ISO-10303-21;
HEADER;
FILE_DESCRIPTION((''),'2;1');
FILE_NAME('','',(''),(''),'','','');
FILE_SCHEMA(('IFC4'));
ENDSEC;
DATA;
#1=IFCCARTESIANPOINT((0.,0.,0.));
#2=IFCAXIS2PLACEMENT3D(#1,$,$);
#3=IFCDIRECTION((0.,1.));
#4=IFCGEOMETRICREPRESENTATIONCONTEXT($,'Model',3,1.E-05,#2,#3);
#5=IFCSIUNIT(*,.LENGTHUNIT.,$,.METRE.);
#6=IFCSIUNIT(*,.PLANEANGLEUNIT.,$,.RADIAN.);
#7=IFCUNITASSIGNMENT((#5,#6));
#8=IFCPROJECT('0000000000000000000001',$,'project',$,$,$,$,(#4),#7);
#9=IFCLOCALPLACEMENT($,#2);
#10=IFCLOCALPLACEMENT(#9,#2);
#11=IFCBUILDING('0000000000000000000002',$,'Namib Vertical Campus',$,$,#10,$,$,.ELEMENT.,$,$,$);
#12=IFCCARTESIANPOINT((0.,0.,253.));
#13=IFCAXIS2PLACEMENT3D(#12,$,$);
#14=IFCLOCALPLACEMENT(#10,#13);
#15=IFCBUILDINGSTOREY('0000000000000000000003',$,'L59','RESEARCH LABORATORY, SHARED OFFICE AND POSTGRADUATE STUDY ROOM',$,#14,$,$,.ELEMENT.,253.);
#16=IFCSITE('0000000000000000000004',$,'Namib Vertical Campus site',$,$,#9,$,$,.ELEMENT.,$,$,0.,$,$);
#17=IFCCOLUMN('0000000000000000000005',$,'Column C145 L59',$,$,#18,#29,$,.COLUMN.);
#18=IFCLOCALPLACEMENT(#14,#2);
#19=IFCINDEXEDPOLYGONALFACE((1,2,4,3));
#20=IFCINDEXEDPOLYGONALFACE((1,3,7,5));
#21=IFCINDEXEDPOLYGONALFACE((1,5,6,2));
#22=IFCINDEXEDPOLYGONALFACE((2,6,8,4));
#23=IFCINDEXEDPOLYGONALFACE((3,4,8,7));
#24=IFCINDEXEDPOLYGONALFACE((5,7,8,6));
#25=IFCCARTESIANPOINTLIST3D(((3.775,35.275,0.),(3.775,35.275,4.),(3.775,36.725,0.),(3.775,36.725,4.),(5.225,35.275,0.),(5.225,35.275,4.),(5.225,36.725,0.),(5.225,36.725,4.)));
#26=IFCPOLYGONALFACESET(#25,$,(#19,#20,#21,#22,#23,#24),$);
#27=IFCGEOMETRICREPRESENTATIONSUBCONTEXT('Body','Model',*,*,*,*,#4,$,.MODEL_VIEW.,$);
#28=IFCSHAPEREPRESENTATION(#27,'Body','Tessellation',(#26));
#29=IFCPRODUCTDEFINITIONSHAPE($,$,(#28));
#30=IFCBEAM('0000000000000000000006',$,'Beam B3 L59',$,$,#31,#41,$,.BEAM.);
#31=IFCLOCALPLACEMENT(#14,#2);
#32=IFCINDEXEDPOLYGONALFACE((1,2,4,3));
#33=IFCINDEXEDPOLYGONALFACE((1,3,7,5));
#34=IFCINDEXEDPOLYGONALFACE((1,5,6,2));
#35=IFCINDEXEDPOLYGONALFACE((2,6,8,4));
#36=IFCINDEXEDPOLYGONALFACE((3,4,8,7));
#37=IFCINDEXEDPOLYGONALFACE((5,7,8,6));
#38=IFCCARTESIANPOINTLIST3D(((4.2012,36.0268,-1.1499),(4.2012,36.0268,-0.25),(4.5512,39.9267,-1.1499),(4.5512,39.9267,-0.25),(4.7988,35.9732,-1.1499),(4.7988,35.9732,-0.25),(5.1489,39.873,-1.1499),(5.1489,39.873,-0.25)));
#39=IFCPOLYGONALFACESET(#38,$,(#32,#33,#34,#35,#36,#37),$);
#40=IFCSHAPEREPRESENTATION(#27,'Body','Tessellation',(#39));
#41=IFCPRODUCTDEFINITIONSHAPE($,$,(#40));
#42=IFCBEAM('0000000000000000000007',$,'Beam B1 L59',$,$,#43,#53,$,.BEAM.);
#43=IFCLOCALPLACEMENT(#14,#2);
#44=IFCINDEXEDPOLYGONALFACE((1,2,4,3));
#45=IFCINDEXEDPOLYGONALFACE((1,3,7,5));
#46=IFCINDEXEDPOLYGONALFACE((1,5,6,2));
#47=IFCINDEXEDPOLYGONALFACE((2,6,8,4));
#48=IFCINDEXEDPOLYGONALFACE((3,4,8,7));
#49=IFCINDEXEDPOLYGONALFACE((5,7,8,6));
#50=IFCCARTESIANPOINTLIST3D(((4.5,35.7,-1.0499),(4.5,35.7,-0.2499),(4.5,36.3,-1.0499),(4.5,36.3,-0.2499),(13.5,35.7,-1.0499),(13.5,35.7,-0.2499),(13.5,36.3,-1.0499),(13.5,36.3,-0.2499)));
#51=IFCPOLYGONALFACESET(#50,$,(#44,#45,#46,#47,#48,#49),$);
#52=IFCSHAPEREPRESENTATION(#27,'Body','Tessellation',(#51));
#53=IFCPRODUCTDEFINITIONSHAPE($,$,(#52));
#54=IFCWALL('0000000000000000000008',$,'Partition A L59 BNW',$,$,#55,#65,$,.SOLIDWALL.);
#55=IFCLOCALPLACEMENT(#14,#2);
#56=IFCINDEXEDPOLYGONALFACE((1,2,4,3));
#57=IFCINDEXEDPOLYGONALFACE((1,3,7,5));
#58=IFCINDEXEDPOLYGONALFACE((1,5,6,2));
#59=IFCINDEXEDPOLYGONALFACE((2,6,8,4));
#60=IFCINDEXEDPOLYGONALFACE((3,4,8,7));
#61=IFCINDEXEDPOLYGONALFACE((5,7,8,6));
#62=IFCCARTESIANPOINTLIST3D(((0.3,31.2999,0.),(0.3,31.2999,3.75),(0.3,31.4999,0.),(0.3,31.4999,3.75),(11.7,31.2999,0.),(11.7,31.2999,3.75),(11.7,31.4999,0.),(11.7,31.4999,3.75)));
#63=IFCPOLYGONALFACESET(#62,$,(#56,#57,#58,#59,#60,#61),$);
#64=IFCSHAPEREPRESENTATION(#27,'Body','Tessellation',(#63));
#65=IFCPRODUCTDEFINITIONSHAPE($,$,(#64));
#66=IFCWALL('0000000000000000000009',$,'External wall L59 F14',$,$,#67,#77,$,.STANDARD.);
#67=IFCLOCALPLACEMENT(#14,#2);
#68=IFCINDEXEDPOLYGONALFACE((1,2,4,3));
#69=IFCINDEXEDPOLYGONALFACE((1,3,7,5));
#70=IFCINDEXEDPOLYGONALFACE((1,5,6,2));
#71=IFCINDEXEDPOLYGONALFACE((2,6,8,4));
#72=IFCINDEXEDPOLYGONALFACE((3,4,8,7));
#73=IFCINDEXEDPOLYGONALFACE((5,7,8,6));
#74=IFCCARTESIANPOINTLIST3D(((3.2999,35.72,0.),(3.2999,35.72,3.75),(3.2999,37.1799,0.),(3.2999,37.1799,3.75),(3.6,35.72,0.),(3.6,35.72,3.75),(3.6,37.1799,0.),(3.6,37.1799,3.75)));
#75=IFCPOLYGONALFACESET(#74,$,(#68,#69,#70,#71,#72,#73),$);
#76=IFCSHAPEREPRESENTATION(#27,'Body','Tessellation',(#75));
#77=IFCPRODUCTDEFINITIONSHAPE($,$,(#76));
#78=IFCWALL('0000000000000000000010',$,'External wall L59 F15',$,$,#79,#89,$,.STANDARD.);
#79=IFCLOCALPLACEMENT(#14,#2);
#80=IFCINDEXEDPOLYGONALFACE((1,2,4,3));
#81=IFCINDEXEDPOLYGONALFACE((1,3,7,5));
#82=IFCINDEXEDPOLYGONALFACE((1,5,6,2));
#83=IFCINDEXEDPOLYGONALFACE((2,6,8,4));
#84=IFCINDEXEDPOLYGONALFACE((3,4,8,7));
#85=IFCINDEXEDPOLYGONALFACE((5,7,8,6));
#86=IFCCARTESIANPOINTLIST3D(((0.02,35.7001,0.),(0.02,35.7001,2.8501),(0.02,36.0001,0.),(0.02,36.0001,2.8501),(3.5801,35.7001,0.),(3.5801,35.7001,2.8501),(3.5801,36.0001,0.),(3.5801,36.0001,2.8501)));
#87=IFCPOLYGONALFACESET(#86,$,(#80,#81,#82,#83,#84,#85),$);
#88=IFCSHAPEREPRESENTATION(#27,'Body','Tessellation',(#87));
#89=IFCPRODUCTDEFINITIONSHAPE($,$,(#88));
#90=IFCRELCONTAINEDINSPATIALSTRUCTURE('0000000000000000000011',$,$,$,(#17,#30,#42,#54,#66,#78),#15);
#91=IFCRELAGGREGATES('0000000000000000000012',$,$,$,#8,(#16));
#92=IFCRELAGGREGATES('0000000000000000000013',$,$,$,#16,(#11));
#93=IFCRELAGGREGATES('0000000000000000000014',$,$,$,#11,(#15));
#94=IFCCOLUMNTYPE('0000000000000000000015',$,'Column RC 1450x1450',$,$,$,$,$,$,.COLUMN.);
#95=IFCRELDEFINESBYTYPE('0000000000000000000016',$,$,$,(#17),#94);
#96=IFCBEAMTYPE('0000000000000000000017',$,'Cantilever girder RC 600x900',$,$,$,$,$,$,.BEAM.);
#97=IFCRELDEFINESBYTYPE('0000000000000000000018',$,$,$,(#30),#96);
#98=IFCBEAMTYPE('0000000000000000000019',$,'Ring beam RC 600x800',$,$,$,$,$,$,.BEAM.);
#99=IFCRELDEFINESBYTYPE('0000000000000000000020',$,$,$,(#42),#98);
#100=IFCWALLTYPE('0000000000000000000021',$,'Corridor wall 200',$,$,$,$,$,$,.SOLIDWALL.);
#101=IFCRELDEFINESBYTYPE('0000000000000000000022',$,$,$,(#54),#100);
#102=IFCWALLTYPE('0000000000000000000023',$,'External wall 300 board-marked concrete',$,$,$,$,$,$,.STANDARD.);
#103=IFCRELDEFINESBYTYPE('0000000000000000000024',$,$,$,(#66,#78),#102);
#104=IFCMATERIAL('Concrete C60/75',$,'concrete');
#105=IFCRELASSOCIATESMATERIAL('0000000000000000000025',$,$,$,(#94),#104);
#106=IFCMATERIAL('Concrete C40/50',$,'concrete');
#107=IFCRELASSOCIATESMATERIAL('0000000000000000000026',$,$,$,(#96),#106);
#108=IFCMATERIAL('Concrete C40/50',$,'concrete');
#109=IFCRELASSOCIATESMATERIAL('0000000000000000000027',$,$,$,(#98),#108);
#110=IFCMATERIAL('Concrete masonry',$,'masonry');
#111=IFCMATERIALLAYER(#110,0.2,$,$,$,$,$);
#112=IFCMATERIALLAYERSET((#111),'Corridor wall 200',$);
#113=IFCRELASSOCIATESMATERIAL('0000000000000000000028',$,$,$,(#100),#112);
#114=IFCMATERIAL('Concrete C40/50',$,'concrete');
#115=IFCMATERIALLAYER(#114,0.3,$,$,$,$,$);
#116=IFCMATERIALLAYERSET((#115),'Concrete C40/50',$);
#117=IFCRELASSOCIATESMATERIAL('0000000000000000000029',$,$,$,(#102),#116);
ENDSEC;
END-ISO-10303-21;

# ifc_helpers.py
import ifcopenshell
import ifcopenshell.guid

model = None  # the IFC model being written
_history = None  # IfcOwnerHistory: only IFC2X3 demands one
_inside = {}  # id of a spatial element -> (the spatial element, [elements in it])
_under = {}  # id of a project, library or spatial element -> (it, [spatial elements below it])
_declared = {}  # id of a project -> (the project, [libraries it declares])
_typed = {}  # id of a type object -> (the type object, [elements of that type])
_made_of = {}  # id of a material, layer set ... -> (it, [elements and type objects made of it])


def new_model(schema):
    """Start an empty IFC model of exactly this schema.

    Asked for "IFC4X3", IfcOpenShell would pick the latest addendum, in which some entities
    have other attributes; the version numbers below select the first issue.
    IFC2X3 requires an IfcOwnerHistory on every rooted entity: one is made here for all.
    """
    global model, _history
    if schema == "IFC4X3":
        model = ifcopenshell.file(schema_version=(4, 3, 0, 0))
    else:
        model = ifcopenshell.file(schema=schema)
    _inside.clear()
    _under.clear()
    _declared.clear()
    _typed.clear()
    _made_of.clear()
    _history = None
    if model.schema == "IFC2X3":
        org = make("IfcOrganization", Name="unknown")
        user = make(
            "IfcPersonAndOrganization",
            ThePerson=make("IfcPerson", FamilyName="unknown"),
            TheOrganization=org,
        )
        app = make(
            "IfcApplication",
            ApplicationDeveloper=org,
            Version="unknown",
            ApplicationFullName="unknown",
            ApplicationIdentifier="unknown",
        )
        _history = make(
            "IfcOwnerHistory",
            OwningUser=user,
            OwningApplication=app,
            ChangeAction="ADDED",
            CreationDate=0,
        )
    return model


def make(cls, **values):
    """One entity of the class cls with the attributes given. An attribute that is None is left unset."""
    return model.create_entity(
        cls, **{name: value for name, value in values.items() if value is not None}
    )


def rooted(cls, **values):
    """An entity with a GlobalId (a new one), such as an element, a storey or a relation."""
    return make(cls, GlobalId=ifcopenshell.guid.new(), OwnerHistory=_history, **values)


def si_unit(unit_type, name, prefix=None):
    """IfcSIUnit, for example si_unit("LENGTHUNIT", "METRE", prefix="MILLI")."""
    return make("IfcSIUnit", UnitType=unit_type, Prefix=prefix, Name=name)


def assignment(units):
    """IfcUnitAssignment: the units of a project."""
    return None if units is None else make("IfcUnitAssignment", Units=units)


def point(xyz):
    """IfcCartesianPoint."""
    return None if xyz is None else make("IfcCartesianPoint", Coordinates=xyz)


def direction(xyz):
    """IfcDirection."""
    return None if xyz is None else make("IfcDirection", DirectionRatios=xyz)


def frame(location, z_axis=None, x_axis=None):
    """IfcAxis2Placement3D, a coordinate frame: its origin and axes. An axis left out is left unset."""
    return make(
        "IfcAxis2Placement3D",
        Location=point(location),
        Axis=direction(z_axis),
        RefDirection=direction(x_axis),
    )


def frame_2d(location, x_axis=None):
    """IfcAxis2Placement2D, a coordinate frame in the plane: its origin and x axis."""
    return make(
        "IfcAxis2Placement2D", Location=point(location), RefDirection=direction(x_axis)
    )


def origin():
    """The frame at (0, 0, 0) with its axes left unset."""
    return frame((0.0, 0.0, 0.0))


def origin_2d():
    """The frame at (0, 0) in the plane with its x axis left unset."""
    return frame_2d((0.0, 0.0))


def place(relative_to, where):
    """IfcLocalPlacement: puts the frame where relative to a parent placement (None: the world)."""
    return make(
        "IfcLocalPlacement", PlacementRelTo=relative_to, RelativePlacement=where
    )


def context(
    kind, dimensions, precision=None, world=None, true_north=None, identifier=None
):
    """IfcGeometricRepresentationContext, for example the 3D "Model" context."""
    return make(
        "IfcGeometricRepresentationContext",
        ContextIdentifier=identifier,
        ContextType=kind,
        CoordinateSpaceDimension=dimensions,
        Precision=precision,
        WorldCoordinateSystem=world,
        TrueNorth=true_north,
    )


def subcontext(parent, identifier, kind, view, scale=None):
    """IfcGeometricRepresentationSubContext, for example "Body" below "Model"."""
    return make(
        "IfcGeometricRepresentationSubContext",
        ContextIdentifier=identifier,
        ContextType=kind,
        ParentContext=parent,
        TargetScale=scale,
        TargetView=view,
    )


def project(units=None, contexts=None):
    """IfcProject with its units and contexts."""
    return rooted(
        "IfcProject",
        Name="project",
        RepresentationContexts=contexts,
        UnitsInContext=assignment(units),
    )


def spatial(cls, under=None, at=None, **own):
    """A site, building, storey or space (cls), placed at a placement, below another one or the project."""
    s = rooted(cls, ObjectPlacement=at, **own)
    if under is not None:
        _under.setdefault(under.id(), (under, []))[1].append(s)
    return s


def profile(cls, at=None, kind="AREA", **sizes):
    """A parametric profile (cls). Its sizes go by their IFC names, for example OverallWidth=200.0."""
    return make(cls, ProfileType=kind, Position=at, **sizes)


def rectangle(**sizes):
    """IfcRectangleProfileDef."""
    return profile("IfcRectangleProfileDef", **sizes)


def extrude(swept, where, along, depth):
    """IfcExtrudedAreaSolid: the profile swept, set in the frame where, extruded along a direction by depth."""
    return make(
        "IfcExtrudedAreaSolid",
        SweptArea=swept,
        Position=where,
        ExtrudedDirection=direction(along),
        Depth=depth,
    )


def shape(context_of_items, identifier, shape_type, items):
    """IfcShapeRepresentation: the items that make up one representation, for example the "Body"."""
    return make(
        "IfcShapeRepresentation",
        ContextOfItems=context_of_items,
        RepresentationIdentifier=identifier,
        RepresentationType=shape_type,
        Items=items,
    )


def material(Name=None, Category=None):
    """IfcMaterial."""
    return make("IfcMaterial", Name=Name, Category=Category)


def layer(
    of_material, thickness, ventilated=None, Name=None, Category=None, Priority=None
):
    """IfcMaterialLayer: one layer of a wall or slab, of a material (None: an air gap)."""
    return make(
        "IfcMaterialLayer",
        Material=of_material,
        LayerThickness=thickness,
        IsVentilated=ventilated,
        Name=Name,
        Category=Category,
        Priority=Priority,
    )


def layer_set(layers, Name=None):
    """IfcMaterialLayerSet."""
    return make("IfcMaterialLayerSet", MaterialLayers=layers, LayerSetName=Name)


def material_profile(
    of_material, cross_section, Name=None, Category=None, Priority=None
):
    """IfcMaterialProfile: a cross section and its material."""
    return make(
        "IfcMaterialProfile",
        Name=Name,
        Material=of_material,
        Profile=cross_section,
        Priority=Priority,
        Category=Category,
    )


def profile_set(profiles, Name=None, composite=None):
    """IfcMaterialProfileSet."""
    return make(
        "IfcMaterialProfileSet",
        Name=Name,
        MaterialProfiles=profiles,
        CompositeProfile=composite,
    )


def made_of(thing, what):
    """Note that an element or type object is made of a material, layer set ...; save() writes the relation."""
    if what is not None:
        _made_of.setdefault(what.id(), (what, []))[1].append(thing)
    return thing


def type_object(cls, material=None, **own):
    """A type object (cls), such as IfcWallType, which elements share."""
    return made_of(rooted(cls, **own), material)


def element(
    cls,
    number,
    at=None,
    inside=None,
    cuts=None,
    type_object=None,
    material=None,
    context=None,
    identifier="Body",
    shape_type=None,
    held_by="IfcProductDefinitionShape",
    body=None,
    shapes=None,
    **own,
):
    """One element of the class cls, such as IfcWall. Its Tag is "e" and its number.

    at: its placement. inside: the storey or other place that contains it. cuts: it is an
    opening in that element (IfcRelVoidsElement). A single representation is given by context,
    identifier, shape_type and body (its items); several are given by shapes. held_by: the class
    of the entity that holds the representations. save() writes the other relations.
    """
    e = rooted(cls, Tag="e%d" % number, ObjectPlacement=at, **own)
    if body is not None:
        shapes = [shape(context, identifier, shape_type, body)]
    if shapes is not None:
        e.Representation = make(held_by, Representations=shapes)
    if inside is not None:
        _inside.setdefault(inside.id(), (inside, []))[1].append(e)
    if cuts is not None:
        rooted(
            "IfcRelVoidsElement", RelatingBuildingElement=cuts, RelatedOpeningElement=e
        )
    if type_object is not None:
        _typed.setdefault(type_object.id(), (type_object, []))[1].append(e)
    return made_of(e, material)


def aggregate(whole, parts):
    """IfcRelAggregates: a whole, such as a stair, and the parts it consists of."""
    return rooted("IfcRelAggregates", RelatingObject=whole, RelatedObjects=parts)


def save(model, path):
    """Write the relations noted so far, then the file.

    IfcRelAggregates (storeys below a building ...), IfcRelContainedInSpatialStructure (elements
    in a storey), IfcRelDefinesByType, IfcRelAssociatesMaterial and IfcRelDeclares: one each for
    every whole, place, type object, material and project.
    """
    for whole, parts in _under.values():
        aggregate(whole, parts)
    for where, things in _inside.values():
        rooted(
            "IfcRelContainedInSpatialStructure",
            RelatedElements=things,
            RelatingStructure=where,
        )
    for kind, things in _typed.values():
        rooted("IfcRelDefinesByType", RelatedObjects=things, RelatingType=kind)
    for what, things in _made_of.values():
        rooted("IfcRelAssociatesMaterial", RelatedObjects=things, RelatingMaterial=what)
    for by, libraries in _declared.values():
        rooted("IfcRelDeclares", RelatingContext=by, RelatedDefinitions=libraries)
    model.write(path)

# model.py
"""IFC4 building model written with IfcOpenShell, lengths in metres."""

from ifc_helpers import new_model, si_unit, direction, frame, frame_2d, origin, origin_2d, place, context, subcontext, project, spatial, rectangle, extrude, material, layer, layer_set, material_profile, profile_set, type_object, element, save


model = new_model("IFC4")

# Units and contexts
model_context = context("Model", 3, precision=1e-05, world=origin(), true_north=direction((0.0, 1.0)))
body_context = subcontext(model_context, "Body", "Model", "MODEL_VIEW")
ifc_project = project(units=[si_unit("LENGTHUNIT", "METRE"), si_unit("PLANEANGLEUNIT", "RADIAN")], contexts=[model_context])

# Site, building, storey
site_placement = place(None, origin())
site = spatial("IfcSite", under=ifc_project, at=site_placement, Name="Namib Vertical Campus site", CompositionType="ELEMENT", RefElevation=0.0)
building_placement = place(site_placement, origin())
building = spatial("IfcBuilding", under=site, at=building_placement, Name="Namib Vertical Campus", CompositionType="ELEMENT")
storey_placement = place(building_placement, frame((0.0, 0.0, 253.0)))
storey = spatial("IfcBuildingStorey", under=building, at=storey_placement, Name="L59", Description="RESEARCH LABORATORY, SHARED OFFICE AND POSTGRADUATE STUDY ROOM", CompositionType="ELEMENT", Elevation=253.0)

# Column
ifc_material_1 = material(Name="Concrete C60/75", Category="concrete")
ifc_material_profile_1 = material_profile(ifc_material_1, rectangle(XDim=1.45, YDim=1.45, at=origin_2d()))
ifc_profile_set_1 = profile_set([ifc_material_profile_1], Name="Concrete C60/75")
column_type = type_object("IfcColumnType", Name="Column RC 1450x1450", PredefinedType="COLUMN", material=ifc_profile_set_1)
column_placement = place(storey_placement, frame((4.5, 36.0, 0.0), z_axis=(0.0, 0.0, 1.0), x_axis=(1.0, 0.0, 0.0)))
element("IfcColumn", 1, at=column_placement, inside=storey, type_object=column_type, Name="Column C145 L59", PredefinedType="COLUMN", context=body_context, shape_type="SweptSolid", body=[
    extrude(rectangle(XDim=1.45, YDim=1.45, at=origin_2d()), origin(), (0.0, 0.0, 1.0), 4.0),
])

# Beams
ifc_material_2 = material(Name="Concrete C40/50", Category="concrete")
ifc_material_profile_2 = material_profile(ifc_material_2, rectangle(XDim=0.6001, YDim=0.8999, at=origin_2d()))
ifc_profile_set_2 = profile_set([ifc_material_profile_2], Name="Concrete C40/50")
beam_type_1 = type_object("IfcBeamType", Name="Cantilever girder RC 600x900", PredefinedType="BEAM", material=ifc_profile_set_2)
beam_1_placement = place(storey_placement, frame((4.5, 36.0, -0.7), z_axis=(0.089411, 0.995995, 0.0), x_axis=(-0.995995, 0.089411, 0.0)))
element("IfcBeam", 2, at=beam_1_placement, inside=storey, type_object=beam_type_1, Name="Beam B3 L59", PredefinedType="BEAM", context=body_context, shape_type="SweptSolid", body=[
    extrude(rectangle(XDim=0.6001, YDim=0.8999, at=origin_2d()), origin(), (0.0, 0.0, 1.0), 3.9155),
])
ifc_material_3 = material(Name="Concrete C40/50", Category="concrete")
ifc_material_profile_3 = material_profile(ifc_material_3, rectangle(XDim=0.6001, YDim=0.8, at=origin_2d()))
ifc_profile_set_3 = profile_set([ifc_material_profile_3], Name="Concrete C40/50")
beam_type_2 = type_object("IfcBeamType", Name="Ring beam RC 600x800", PredefinedType="BEAM", material=ifc_profile_set_3)
beam_2_placement = place(storey_placement, frame((4.5, 36.0, -0.6499), z_axis=(1.0, 0.0, 0.0), x_axis=(0.0, 1.0, 0.0)))
element("IfcBeam", 3, at=beam_2_placement, inside=storey, type_object=beam_type_2, Name="Beam B1 L59", PredefinedType="BEAM", context=body_context, shape_type="SweptSolid", body=[
    extrude(rectangle(XDim=0.6001, YDim=0.8, at=origin_2d()), origin(), (0.0, 0.0, 1.0), 9.0),
])

# Walls
ifc_material_4 = material(Name="Concrete masonry", Category="masonry")
ifc_layer_1 = layer(ifc_material_4, 0.2)
ifc_layer_set_1 = layer_set([ifc_layer_1], Name="Corridor wall 200")
wall_type_1 = type_object("IfcWallType", Name="Corridor wall 200", PredefinedType="SOLIDWALL", material=ifc_layer_set_1)
wall_1_placement = place(storey_placement, frame((0.3, 31.3999, 0.0), z_axis=(0.0, 0.0, 1.0), x_axis=(1.0, 0.0, 0.0)))
element("IfcWall", 4, at=wall_1_placement, inside=storey, type_object=wall_type_1, Name="Partition A L59 BNW", PredefinedType="SOLIDWALL", context=body_context, shape_type="SweptSolid", body=[
    extrude(rectangle(XDim=11.3999, YDim=0.2, at=frame_2d((5.7, 0.0))), origin(), (0.0, 0.0, 1.0), 3.75),
])
ifc_material_5 = material(Name="Concrete C40/50", Category="concrete")
ifc_layer_2 = layer(ifc_material_5, 0.3)
ifc_layer_set_2 = layer_set([ifc_layer_2], Name="Concrete C40/50")
wall_type_2 = type_object("IfcWallType", Name="External wall 300 board-marked concrete", PredefinedType="STANDARD", material=ifc_layer_set_2)
wall_2_placement = place(storey_placement, frame((3.45, 37.1799, 0.0), z_axis=(0.0, 0.0, 1.0), x_axis=(0.0, -1.0, 0.0)))
element("IfcWall", 5, at=wall_2_placement, inside=storey, type_object=wall_type_2, Name="External wall L59 F14", PredefinedType="STANDARD", context=body_context, shape_type="SweptSolid", body=[
    extrude(rectangle(XDim=1.46, YDim=0.3, at=frame_2d((0.73, 0.0))), origin(), (0.0, 0.0, 1.0), 3.75),
])
wall_3_placement = place(storey_placement, frame((3.5801, 35.8501, 0.0), z_axis=(0.0, 0.0, 1.0), x_axis=(-1.0, 0.0, 0.0)))
element("IfcWall", 6, at=wall_3_placement, inside=storey, type_object=wall_type_2, Name="External wall L59 F15", PredefinedType="STANDARD", context=body_context, shape_type="SweptSolid", body=[
    extrude(rectangle(XDim=3.5601, YDim=0.3, at=frame_2d((1.78, 0.0))), origin(), (0.0, 0.0, 1.0), 2.8501),
])

save(model, "model.ifc")
